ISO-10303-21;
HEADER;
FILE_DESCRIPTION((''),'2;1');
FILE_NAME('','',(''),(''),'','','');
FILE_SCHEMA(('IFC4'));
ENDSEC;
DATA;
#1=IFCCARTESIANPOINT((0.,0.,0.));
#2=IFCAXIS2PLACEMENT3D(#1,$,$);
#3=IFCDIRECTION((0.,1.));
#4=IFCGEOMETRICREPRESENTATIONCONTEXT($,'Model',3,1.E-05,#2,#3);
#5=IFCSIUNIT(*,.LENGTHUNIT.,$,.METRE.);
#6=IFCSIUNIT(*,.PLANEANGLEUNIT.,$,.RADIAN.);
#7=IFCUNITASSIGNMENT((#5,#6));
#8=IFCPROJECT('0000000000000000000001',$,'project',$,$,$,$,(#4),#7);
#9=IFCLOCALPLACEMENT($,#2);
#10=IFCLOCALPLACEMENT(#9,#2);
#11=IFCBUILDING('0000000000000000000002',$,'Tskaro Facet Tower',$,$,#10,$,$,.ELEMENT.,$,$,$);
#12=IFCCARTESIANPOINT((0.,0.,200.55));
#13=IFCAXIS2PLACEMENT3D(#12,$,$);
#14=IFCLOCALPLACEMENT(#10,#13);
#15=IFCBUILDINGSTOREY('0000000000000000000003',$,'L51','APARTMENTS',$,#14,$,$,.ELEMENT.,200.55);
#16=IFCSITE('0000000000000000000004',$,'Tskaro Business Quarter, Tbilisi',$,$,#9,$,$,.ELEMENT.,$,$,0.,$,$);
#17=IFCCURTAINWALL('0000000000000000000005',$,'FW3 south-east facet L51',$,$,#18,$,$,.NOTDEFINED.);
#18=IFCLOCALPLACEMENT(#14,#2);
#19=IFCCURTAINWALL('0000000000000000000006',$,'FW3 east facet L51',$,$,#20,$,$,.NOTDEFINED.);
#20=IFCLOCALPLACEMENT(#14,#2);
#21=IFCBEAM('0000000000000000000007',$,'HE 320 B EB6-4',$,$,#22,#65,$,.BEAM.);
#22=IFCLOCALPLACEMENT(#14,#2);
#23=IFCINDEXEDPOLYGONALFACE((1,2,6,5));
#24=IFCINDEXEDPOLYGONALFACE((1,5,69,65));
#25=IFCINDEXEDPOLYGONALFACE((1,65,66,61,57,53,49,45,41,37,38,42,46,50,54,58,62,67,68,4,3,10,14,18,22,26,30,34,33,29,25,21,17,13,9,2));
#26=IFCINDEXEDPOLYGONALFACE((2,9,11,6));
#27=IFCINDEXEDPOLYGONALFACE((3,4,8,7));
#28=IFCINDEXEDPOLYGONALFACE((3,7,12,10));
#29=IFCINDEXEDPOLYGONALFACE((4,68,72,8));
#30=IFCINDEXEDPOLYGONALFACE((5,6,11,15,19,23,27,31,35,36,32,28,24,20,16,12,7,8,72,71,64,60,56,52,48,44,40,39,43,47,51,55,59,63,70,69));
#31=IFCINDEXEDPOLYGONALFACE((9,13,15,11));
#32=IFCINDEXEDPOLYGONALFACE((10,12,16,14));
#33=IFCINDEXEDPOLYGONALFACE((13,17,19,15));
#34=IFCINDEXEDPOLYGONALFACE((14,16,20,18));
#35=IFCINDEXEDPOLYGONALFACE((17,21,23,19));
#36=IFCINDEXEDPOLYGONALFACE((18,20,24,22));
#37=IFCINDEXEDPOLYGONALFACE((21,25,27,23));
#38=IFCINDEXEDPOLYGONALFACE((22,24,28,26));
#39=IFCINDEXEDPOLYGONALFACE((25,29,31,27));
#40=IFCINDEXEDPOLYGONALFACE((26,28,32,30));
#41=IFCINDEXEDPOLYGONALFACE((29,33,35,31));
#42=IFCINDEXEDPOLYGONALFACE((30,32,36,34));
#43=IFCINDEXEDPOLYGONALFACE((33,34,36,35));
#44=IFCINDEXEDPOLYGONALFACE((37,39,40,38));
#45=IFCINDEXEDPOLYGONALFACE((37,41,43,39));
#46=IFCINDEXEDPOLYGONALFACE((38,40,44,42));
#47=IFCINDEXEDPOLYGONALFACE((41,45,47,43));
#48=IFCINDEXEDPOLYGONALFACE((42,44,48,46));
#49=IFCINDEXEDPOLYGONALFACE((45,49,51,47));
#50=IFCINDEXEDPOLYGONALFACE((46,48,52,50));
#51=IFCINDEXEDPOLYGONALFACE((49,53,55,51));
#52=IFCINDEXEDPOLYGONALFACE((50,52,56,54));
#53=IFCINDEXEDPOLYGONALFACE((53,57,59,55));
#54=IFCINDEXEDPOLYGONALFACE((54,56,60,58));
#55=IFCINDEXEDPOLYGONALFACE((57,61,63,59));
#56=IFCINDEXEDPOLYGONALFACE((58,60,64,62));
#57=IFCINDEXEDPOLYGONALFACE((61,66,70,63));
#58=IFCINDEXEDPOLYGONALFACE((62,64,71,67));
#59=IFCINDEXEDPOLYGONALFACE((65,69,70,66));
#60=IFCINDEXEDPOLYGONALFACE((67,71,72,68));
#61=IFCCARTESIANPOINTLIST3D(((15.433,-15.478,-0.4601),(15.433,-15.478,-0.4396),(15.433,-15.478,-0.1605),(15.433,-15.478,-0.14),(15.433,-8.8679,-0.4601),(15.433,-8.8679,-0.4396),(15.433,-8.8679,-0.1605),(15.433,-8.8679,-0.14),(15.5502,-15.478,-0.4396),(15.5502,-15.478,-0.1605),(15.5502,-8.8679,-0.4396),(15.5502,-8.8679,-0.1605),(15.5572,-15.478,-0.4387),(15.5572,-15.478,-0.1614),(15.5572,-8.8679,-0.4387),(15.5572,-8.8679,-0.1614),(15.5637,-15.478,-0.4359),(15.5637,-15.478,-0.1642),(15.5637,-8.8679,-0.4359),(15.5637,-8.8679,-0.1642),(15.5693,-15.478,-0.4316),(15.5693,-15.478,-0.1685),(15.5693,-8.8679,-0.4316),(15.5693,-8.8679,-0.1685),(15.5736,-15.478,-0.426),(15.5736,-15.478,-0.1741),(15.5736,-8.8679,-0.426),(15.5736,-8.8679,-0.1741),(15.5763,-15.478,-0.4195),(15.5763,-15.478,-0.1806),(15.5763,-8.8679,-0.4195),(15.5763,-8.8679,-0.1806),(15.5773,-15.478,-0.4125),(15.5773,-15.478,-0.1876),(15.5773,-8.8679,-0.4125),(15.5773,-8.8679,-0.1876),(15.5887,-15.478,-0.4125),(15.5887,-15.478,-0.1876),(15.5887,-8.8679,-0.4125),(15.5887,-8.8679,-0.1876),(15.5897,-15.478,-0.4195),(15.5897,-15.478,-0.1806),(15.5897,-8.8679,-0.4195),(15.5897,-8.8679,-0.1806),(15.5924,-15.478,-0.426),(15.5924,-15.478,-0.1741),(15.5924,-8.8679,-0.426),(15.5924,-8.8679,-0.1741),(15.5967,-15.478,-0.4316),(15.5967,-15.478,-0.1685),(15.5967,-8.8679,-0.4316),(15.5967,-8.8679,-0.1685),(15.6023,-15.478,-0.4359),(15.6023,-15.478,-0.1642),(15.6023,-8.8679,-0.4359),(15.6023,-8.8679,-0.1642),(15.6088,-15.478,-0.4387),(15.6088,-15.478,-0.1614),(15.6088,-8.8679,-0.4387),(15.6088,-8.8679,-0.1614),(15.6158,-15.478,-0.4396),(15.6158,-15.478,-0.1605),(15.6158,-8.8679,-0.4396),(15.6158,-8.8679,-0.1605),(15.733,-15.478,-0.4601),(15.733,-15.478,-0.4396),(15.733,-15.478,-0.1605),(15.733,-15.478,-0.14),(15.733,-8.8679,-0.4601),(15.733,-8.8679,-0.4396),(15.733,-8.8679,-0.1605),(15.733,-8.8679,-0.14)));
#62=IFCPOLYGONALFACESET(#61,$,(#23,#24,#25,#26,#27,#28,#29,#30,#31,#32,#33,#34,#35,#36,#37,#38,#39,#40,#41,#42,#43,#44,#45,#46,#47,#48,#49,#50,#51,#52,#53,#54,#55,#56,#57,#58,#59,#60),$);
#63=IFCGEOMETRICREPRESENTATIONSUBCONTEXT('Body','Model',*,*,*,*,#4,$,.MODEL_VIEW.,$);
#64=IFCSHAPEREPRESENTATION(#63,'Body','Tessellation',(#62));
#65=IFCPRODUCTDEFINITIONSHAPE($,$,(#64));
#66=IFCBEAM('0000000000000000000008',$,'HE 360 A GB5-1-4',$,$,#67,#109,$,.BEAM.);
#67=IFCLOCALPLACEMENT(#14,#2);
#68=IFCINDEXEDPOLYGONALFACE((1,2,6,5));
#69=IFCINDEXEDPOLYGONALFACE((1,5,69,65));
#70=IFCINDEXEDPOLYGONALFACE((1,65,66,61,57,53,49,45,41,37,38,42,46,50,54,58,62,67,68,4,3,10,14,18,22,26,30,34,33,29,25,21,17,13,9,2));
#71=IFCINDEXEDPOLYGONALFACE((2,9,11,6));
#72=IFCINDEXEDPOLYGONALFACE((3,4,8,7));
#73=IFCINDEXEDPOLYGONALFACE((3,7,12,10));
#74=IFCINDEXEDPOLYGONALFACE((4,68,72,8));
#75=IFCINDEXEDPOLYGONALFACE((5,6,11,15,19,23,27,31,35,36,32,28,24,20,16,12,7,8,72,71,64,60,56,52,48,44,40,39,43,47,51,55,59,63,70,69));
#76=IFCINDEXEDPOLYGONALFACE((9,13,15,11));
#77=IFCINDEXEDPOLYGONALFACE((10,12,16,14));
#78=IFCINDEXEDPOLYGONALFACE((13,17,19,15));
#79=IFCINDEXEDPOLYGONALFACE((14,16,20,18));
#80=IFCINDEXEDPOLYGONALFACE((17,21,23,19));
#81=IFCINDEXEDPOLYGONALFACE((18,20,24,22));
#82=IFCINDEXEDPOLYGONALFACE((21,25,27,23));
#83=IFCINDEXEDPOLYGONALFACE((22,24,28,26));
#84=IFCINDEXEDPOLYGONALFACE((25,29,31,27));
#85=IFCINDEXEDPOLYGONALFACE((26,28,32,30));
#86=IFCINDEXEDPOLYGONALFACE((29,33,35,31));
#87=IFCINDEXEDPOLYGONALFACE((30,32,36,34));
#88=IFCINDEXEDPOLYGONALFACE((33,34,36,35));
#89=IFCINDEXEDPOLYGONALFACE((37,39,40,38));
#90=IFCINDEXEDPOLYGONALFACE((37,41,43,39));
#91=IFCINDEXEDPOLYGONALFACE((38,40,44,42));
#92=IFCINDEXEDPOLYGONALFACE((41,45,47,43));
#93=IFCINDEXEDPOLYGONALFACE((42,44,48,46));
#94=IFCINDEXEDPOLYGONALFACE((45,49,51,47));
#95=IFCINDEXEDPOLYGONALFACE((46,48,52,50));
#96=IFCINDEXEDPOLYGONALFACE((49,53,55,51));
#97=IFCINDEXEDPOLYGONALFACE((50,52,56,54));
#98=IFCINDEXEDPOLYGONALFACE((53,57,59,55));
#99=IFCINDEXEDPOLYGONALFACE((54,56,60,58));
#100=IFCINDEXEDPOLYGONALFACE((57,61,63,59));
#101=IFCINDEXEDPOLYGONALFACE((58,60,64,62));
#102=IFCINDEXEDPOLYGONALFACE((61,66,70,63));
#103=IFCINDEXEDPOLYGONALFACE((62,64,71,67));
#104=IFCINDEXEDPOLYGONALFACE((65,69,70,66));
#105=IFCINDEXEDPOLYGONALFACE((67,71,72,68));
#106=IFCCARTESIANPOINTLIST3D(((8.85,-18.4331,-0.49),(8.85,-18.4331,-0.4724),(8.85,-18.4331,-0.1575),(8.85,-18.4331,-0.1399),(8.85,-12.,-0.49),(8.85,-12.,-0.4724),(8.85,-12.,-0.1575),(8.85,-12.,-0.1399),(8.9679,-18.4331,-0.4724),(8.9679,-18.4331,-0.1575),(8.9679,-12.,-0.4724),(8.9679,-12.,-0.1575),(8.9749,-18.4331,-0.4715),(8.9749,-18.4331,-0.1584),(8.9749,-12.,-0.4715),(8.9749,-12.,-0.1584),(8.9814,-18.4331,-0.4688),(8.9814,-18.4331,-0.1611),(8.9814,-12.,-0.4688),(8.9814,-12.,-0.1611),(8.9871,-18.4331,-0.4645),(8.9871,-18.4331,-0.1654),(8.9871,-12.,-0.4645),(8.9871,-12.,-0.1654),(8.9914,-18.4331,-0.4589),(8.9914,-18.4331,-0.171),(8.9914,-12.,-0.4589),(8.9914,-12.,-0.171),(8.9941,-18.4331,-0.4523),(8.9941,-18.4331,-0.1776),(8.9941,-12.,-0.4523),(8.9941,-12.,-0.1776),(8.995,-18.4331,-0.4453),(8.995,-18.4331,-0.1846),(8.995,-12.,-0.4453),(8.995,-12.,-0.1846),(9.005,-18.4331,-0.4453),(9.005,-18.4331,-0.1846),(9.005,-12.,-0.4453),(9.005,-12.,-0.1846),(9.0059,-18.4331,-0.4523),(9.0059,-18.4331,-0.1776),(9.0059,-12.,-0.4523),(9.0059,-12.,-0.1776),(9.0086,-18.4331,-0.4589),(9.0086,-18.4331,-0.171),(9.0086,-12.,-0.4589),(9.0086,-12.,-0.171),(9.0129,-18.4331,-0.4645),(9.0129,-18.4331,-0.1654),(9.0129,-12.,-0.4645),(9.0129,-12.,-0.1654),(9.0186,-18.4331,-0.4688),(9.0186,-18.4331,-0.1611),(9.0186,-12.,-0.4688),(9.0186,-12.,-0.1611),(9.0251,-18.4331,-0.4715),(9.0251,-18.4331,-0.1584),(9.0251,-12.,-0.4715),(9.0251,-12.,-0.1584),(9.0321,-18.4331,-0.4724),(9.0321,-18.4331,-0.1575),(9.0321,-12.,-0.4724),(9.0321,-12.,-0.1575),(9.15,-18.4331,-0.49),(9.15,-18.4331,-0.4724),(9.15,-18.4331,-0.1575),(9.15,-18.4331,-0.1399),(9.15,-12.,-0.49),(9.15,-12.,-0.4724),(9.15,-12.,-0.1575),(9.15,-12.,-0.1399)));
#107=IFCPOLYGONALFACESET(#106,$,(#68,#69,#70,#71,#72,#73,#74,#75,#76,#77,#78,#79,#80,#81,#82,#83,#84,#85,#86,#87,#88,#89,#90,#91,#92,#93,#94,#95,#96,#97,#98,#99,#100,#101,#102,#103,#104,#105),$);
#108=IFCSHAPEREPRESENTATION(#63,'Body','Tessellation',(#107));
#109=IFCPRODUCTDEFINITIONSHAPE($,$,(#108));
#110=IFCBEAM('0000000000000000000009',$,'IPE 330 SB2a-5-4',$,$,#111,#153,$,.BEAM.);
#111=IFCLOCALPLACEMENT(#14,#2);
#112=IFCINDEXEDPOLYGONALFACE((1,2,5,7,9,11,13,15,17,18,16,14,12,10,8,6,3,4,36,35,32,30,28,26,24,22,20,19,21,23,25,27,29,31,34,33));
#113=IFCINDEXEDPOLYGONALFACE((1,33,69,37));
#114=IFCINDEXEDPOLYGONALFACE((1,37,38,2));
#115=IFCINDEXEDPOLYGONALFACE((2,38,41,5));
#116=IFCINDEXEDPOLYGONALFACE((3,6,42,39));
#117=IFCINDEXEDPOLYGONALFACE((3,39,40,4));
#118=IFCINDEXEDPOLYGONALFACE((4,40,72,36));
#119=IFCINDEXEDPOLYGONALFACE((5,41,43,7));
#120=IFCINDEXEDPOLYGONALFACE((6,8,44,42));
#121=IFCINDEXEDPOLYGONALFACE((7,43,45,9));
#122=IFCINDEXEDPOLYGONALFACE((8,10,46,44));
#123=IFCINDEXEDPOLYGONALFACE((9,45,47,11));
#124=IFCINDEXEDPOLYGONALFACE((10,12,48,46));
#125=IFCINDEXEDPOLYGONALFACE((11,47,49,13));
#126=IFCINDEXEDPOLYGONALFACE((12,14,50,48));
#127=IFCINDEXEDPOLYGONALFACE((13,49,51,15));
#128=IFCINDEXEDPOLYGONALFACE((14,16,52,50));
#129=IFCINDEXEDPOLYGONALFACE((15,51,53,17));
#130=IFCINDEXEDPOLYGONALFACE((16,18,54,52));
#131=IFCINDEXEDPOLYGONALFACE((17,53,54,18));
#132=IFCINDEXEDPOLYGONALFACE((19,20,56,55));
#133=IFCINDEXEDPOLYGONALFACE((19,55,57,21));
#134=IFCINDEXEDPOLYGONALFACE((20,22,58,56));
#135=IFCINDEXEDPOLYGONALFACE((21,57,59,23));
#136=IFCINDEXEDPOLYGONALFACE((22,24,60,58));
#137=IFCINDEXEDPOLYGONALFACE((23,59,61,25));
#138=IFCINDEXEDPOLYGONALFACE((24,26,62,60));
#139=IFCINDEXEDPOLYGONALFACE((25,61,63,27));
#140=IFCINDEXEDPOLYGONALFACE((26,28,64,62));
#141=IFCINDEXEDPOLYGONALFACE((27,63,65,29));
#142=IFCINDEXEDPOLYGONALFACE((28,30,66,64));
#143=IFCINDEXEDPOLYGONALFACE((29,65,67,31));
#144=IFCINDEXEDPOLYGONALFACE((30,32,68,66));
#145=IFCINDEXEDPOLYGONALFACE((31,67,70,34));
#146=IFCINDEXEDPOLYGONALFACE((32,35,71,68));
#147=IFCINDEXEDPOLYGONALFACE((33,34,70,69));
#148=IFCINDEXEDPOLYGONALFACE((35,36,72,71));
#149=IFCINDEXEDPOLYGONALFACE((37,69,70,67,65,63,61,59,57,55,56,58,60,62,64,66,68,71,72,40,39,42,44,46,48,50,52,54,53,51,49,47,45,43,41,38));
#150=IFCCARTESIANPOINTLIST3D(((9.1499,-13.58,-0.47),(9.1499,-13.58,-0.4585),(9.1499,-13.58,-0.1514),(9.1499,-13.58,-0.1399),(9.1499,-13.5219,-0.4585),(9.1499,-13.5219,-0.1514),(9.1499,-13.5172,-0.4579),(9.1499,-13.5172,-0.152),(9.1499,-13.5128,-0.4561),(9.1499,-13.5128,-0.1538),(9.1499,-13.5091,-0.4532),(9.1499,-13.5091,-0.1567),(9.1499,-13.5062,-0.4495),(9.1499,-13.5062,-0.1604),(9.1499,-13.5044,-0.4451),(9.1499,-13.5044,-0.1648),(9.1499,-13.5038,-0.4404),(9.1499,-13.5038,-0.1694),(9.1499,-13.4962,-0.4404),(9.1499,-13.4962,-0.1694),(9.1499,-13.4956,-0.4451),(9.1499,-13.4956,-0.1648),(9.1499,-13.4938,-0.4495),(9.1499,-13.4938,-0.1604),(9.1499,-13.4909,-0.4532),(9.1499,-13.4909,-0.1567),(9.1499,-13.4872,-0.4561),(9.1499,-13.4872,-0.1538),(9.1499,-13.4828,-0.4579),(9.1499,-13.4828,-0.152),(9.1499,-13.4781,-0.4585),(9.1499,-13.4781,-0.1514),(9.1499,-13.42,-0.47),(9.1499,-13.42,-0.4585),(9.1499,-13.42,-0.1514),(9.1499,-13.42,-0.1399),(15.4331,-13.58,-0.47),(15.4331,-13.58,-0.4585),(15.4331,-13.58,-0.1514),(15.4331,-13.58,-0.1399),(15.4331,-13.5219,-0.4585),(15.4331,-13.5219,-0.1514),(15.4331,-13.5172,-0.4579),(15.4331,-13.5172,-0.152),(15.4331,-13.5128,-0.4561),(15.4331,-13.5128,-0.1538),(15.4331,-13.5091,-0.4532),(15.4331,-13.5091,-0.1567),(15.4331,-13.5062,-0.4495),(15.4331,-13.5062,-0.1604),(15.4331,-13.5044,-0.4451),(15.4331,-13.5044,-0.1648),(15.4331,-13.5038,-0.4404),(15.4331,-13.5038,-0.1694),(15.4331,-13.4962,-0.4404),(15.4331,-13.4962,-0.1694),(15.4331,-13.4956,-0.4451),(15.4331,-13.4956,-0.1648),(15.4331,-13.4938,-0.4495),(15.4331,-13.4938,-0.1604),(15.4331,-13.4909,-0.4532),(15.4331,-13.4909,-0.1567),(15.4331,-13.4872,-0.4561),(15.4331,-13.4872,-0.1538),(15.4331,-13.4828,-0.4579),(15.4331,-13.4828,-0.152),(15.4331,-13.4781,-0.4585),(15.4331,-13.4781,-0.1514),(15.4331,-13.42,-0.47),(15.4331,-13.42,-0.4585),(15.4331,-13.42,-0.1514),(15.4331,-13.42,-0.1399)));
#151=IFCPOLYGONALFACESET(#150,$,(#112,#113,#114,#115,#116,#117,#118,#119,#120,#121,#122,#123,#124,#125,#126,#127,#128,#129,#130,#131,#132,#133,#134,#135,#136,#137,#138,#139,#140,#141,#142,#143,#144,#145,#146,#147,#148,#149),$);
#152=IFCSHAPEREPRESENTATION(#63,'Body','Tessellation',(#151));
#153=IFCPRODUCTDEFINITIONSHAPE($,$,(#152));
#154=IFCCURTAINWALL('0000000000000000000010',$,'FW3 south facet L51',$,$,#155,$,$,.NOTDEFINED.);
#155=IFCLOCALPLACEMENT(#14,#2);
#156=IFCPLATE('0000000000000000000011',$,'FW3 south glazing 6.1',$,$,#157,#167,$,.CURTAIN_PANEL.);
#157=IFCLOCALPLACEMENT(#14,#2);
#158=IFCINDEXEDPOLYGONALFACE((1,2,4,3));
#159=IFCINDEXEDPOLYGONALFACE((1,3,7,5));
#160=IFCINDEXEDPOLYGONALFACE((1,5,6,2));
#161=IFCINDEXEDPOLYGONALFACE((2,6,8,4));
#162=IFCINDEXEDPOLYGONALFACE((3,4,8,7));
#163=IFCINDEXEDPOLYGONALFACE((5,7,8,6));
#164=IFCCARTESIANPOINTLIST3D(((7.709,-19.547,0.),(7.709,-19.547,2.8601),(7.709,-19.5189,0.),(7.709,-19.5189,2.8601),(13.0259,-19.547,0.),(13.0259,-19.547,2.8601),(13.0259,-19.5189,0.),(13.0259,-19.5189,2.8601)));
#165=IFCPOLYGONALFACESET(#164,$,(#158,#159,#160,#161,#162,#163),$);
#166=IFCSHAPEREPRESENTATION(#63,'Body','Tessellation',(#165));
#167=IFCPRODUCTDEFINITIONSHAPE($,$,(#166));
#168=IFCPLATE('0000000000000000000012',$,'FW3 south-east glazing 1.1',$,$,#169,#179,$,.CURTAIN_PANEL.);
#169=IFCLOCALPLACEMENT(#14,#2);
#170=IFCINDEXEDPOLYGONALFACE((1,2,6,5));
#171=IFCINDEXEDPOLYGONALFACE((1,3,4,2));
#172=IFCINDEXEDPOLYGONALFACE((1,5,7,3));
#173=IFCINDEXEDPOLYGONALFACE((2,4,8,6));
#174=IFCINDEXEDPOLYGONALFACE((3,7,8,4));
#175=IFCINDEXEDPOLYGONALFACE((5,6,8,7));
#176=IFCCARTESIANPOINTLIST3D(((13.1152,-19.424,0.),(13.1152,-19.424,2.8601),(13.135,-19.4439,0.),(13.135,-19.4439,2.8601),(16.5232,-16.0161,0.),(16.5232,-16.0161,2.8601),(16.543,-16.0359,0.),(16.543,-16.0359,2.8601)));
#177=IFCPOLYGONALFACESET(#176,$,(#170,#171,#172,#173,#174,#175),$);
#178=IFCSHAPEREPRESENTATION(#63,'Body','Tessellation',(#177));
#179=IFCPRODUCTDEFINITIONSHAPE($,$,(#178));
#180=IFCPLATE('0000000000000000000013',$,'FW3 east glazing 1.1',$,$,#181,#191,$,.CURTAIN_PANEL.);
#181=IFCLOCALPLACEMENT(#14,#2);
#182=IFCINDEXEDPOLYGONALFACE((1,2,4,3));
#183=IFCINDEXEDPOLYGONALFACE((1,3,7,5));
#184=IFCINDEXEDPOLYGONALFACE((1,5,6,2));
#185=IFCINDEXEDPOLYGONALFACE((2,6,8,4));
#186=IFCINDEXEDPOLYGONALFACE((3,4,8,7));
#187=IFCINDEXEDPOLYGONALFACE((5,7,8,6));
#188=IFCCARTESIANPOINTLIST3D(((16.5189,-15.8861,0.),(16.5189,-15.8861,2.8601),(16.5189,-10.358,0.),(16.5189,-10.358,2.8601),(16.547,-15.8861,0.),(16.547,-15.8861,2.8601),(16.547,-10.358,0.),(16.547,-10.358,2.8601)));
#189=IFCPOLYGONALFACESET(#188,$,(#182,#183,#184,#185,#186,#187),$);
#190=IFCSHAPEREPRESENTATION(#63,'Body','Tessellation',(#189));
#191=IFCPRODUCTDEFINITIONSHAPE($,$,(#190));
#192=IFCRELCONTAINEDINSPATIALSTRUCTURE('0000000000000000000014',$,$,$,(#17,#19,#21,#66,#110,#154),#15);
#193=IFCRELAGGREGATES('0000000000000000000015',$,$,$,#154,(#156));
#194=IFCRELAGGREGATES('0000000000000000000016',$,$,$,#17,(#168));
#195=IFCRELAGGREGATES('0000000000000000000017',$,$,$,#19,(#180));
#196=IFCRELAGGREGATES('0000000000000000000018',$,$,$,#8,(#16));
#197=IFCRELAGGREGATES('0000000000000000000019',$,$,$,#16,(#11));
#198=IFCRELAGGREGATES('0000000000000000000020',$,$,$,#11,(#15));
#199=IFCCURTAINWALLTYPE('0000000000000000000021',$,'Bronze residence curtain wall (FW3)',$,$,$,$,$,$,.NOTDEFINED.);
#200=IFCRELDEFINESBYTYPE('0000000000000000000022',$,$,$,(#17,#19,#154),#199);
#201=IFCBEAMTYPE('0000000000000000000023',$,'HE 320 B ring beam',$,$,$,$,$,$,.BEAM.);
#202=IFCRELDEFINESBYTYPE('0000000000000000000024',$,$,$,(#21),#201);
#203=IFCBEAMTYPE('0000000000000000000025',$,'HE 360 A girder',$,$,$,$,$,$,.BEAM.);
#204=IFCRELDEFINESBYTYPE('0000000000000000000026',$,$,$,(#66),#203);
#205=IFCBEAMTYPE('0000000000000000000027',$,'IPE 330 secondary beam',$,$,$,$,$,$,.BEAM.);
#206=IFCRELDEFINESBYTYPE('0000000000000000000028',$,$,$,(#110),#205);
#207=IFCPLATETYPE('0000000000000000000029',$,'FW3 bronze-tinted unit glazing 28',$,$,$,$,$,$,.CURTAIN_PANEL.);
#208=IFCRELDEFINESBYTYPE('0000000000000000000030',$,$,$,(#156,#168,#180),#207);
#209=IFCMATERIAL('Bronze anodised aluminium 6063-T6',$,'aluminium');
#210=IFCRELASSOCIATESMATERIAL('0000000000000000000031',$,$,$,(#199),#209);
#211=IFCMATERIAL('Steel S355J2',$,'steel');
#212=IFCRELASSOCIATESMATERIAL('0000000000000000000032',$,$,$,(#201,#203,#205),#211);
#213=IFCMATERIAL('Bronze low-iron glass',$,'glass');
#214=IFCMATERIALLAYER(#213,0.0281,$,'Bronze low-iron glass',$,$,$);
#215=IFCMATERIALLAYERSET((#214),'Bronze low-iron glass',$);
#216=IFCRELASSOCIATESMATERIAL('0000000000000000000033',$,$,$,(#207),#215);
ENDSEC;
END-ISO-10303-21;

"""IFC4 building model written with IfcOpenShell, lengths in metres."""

from ifc_helpers import new_model, si_unit, direction, frame, origin, origin_2d, place, context, subcontext, project, spatial, rectangle, i_section, extrude, material, layer, layer_set, material_profile, profile_set, type_object, element, aggregate, save


model = new_model("IFC4")

# Units and contexts
model_context = context("Model", 3, precision=1e-05, world=origin(), true_north=direction((0.0, 1.0)))
body_context = subcontext(model_context, "Body", "Model", "MODEL_VIEW")
ifc_project = project(units=[si_unit("LENGTHUNIT", "METRE"), si_unit("PLANEANGLEUNIT", "RADIAN")], contexts=[model_context])

# Site, building, storey
site_placement = place(None, origin())
site = spatial("IfcSite", under=ifc_project, at=site_placement, Name="Tskaro Business Quarter, Tbilisi", CompositionType="ELEMENT", RefElevation=0.0)
building_placement = place(site_placement, origin())
building = spatial("IfcBuilding", under=site, at=building_placement, Name="Tskaro Facet Tower", CompositionType="ELEMENT")
storey_placement = place(building_placement, frame((0.0, 0.0, 200.55)))
storey = spatial("IfcBuildingStorey", under=building, at=storey_placement, Name="L51", Description="APARTMENTS", CompositionType="ELEMENT", Elevation=200.55)

# Curtain walls
ifc_material_1 = material(Name="Bronze anodised aluminium 6063-T6", Category="aluminium")
curtain_wall_type = type_object("IfcCurtainWallType", Name="Bronze residence curtain wall (FW3)", PredefinedType="NOTDEFINED", material=ifc_material_1)
curtain_wall_1_placement = place(storey_placement, origin())
curtain_wall_1 = element("IfcCurtainWall", 1, at=curtain_wall_1_placement, inside=storey, type_object=curtain_wall_type, Name="FW3 south-east facet L51", PredefinedType="NOTDEFINED")
curtain_wall_2_placement = place(storey_placement, origin())
curtain_wall_2 = element("IfcCurtainWall", 2, at=curtain_wall_2_placement, inside=storey, type_object=curtain_wall_type, Name="FW3 east facet L51", PredefinedType="NOTDEFINED")

# Beams
ifc_material_2 = material(Name="Steel S355J2", Category="steel")
ifc_material_profile_1 = material_profile(ifc_material_2, i_section(OverallWidth=0.3, OverallDepth=0.3201, WebThickness=0.0115, FlangeThickness=0.0205, FilletRadius=0.0271, at=origin_2d()), Name="HE 320 B")
ifc_profile_set_1 = profile_set([ifc_material_profile_1], Name="Steel S355J2")
beam_type_1 = type_object("IfcBeamType", Name="HE 320 B ring beam", PredefinedType="BEAM", material=ifc_profile_set_1)
beam_1_placement = place(storey_placement, frame((15.583, -15.478, -0.3), z_axis=(0.0, 1.0, 0.0), x_axis=(-1.0, 0.0, 0.0)))
element("IfcBeam", 3, at=beam_1_placement, inside=storey, type_object=beam_type_1, Name="HE 320 B EB6-4", PredefinedType="BEAM", context=body_context, shape_type="SweptSolid", body=[
    extrude(i_section(OverallWidth=0.3, OverallDepth=0.3201, WebThickness=0.0115, FlangeThickness=0.0205, FilletRadius=0.0271, at=origin_2d()), origin(), (0.0, 0.0, 1.0), 6.6101),
])
ifc_material_profile_2 = material_profile(ifc_material_2, i_section(OverallWidth=0.3, OverallDepth=0.3501, WebThickness=0.01, FlangeThickness=0.0176, FilletRadius=0.0271, at=origin_2d()), Name="HE 360 A")
ifc_profile_set_2 = profile_set([ifc_material_profile_2], Name="Steel S355J2")
beam_type_2 = type_object("IfcBeamType", Name="HE 360 A girder", PredefinedType="BEAM", material=ifc_profile_set_2)
beam_2_placement = place(storey_placement, frame((9.0, -18.4331, -0.3149), z_axis=(0.0, 1.0, 0.0), x_axis=(-1.0, 0.0, 0.0)))
element("IfcBeam", 4, at=beam_2_placement, inside=storey, type_object=beam_type_2, Name="HE 360 A GB5-1-4", PredefinedType="BEAM", context=body_context, shape_type="SweptSolid", body=[
    extrude(i_section(OverallWidth=0.3, OverallDepth=0.3501, WebThickness=0.01, FlangeThickness=0.0176, FilletRadius=0.0271, at=origin_2d()), origin(), (0.0, 0.0, 1.0), 6.4331),
])
ifc_material_profile_3 = material_profile(ifc_material_2, i_section(OverallWidth=0.1599, OverallDepth=0.3301, WebThickness=0.0076, FlangeThickness=0.0115, FilletRadius=0.0181, at=origin_2d()), Name="IPE 330")
ifc_profile_set_3 = profile_set([ifc_material_profile_3], Name="Steel S355J2")
beam_type_3 = type_object("IfcBeamType", Name="IPE 330 secondary beam", PredefinedType="BEAM", material=ifc_profile_set_3)
beam_3_placement = place(storey_placement, frame((9.1499, -13.5, -0.3049), z_axis=(1.0, 0.0, 0.0), x_axis=(0.0, 1.0, 0.0)))
element("IfcBeam", 5, at=beam_3_placement, inside=storey, type_object=beam_type_3, Name="IPE 330 SB2a-5-4", PredefinedType="BEAM", context=body_context, shape_type="SweptSolid", body=[
    extrude(i_section(OverallWidth=0.1599, OverallDepth=0.3301, WebThickness=0.0076, FlangeThickness=0.0115, FilletRadius=0.0181, at=origin_2d()), origin(), (0.0, 0.0, 1.0), 6.2832),
])

# Curtain wall, plate
curtain_wall_3_placement = place(storey_placement, origin())
curtain_wall_3 = element("IfcCurtainWall", 6, at=curtain_wall_3_placement, inside=storey, type_object=curtain_wall_type, Name="FW3 south facet L51", PredefinedType="NOTDEFINED")
ifc_material_3 = material(Name="Bronze low-iron glass", Category="glass")
ifc_layer_1 = layer(ifc_material_3, 0.0281, Name="Bronze low-iron glass")
ifc_layer_set_1 = layer_set([ifc_layer_1], Name="Bronze low-iron glass")
plate_type = type_object("IfcPlateType", Name="FW3 bronze-tinted unit glazing 28", PredefinedType="CURTAIN_PANEL", material=ifc_layer_set_1)
plate_1_placement = place(storey_placement, frame((10.3674, -19.533, 0.0), z_axis=(0.0, 0.0, 1.0), x_axis=(1.0, 0.0, 0.0)))
plate_1 = element("IfcPlate", 7, at=plate_1_placement, type_object=plate_type, Name="FW3 south glazing 6.1", PredefinedType="CURTAIN_PANEL", context=body_context, shape_type="SweptSolid", body=[
    extrude(rectangle(XDim=5.3169, YDim=0.0281, at=origin_2d()), origin(), (0.0, 0.0, 1.0), 2.8601),
])
aggregate(curtain_wall_3, [plate_1])

# Plates
plate_2_placement = place(storey_placement, frame((14.8291, -17.73, 0.0), z_axis=(0.0, 0.0, 1.0), x_axis=(0.707107, 0.707107, 0.0)))
plate_2 = element("IfcPlate", 8, at=plate_2_placement, type_object=plate_type, Name="FW3 south-east glazing 1.1", PredefinedType="CURTAIN_PANEL", context=body_context, shape_type="SweptSolid", body=[
    extrude(rectangle(XDim=4.8196, YDim=0.0281, at=origin_2d()), origin(), (0.0, 0.0, 1.0), 2.8601),
])
aggregate(curtain_wall_1, [plate_2])
plate_3_placement = place(storey_placement, frame((16.533, -13.1221, 0.0), z_axis=(0.0, 0.0, 1.0), x_axis=(0.0, 1.0, 0.0)))
plate_3 = element("IfcPlate", 9, at=plate_3_placement, type_object=plate_type, Name="FW3 east glazing 1.1", PredefinedType="CURTAIN_PANEL", context=body_context, shape_type="SweptSolid", body=[
    extrude(rectangle(XDim=5.5281, YDim=0.0281, at=origin_2d()), origin(), (0.0, 0.0, 1.0), 2.8601),
])
aggregate(curtain_wall_2, [plate_3])

save(model, "model.ifc")
